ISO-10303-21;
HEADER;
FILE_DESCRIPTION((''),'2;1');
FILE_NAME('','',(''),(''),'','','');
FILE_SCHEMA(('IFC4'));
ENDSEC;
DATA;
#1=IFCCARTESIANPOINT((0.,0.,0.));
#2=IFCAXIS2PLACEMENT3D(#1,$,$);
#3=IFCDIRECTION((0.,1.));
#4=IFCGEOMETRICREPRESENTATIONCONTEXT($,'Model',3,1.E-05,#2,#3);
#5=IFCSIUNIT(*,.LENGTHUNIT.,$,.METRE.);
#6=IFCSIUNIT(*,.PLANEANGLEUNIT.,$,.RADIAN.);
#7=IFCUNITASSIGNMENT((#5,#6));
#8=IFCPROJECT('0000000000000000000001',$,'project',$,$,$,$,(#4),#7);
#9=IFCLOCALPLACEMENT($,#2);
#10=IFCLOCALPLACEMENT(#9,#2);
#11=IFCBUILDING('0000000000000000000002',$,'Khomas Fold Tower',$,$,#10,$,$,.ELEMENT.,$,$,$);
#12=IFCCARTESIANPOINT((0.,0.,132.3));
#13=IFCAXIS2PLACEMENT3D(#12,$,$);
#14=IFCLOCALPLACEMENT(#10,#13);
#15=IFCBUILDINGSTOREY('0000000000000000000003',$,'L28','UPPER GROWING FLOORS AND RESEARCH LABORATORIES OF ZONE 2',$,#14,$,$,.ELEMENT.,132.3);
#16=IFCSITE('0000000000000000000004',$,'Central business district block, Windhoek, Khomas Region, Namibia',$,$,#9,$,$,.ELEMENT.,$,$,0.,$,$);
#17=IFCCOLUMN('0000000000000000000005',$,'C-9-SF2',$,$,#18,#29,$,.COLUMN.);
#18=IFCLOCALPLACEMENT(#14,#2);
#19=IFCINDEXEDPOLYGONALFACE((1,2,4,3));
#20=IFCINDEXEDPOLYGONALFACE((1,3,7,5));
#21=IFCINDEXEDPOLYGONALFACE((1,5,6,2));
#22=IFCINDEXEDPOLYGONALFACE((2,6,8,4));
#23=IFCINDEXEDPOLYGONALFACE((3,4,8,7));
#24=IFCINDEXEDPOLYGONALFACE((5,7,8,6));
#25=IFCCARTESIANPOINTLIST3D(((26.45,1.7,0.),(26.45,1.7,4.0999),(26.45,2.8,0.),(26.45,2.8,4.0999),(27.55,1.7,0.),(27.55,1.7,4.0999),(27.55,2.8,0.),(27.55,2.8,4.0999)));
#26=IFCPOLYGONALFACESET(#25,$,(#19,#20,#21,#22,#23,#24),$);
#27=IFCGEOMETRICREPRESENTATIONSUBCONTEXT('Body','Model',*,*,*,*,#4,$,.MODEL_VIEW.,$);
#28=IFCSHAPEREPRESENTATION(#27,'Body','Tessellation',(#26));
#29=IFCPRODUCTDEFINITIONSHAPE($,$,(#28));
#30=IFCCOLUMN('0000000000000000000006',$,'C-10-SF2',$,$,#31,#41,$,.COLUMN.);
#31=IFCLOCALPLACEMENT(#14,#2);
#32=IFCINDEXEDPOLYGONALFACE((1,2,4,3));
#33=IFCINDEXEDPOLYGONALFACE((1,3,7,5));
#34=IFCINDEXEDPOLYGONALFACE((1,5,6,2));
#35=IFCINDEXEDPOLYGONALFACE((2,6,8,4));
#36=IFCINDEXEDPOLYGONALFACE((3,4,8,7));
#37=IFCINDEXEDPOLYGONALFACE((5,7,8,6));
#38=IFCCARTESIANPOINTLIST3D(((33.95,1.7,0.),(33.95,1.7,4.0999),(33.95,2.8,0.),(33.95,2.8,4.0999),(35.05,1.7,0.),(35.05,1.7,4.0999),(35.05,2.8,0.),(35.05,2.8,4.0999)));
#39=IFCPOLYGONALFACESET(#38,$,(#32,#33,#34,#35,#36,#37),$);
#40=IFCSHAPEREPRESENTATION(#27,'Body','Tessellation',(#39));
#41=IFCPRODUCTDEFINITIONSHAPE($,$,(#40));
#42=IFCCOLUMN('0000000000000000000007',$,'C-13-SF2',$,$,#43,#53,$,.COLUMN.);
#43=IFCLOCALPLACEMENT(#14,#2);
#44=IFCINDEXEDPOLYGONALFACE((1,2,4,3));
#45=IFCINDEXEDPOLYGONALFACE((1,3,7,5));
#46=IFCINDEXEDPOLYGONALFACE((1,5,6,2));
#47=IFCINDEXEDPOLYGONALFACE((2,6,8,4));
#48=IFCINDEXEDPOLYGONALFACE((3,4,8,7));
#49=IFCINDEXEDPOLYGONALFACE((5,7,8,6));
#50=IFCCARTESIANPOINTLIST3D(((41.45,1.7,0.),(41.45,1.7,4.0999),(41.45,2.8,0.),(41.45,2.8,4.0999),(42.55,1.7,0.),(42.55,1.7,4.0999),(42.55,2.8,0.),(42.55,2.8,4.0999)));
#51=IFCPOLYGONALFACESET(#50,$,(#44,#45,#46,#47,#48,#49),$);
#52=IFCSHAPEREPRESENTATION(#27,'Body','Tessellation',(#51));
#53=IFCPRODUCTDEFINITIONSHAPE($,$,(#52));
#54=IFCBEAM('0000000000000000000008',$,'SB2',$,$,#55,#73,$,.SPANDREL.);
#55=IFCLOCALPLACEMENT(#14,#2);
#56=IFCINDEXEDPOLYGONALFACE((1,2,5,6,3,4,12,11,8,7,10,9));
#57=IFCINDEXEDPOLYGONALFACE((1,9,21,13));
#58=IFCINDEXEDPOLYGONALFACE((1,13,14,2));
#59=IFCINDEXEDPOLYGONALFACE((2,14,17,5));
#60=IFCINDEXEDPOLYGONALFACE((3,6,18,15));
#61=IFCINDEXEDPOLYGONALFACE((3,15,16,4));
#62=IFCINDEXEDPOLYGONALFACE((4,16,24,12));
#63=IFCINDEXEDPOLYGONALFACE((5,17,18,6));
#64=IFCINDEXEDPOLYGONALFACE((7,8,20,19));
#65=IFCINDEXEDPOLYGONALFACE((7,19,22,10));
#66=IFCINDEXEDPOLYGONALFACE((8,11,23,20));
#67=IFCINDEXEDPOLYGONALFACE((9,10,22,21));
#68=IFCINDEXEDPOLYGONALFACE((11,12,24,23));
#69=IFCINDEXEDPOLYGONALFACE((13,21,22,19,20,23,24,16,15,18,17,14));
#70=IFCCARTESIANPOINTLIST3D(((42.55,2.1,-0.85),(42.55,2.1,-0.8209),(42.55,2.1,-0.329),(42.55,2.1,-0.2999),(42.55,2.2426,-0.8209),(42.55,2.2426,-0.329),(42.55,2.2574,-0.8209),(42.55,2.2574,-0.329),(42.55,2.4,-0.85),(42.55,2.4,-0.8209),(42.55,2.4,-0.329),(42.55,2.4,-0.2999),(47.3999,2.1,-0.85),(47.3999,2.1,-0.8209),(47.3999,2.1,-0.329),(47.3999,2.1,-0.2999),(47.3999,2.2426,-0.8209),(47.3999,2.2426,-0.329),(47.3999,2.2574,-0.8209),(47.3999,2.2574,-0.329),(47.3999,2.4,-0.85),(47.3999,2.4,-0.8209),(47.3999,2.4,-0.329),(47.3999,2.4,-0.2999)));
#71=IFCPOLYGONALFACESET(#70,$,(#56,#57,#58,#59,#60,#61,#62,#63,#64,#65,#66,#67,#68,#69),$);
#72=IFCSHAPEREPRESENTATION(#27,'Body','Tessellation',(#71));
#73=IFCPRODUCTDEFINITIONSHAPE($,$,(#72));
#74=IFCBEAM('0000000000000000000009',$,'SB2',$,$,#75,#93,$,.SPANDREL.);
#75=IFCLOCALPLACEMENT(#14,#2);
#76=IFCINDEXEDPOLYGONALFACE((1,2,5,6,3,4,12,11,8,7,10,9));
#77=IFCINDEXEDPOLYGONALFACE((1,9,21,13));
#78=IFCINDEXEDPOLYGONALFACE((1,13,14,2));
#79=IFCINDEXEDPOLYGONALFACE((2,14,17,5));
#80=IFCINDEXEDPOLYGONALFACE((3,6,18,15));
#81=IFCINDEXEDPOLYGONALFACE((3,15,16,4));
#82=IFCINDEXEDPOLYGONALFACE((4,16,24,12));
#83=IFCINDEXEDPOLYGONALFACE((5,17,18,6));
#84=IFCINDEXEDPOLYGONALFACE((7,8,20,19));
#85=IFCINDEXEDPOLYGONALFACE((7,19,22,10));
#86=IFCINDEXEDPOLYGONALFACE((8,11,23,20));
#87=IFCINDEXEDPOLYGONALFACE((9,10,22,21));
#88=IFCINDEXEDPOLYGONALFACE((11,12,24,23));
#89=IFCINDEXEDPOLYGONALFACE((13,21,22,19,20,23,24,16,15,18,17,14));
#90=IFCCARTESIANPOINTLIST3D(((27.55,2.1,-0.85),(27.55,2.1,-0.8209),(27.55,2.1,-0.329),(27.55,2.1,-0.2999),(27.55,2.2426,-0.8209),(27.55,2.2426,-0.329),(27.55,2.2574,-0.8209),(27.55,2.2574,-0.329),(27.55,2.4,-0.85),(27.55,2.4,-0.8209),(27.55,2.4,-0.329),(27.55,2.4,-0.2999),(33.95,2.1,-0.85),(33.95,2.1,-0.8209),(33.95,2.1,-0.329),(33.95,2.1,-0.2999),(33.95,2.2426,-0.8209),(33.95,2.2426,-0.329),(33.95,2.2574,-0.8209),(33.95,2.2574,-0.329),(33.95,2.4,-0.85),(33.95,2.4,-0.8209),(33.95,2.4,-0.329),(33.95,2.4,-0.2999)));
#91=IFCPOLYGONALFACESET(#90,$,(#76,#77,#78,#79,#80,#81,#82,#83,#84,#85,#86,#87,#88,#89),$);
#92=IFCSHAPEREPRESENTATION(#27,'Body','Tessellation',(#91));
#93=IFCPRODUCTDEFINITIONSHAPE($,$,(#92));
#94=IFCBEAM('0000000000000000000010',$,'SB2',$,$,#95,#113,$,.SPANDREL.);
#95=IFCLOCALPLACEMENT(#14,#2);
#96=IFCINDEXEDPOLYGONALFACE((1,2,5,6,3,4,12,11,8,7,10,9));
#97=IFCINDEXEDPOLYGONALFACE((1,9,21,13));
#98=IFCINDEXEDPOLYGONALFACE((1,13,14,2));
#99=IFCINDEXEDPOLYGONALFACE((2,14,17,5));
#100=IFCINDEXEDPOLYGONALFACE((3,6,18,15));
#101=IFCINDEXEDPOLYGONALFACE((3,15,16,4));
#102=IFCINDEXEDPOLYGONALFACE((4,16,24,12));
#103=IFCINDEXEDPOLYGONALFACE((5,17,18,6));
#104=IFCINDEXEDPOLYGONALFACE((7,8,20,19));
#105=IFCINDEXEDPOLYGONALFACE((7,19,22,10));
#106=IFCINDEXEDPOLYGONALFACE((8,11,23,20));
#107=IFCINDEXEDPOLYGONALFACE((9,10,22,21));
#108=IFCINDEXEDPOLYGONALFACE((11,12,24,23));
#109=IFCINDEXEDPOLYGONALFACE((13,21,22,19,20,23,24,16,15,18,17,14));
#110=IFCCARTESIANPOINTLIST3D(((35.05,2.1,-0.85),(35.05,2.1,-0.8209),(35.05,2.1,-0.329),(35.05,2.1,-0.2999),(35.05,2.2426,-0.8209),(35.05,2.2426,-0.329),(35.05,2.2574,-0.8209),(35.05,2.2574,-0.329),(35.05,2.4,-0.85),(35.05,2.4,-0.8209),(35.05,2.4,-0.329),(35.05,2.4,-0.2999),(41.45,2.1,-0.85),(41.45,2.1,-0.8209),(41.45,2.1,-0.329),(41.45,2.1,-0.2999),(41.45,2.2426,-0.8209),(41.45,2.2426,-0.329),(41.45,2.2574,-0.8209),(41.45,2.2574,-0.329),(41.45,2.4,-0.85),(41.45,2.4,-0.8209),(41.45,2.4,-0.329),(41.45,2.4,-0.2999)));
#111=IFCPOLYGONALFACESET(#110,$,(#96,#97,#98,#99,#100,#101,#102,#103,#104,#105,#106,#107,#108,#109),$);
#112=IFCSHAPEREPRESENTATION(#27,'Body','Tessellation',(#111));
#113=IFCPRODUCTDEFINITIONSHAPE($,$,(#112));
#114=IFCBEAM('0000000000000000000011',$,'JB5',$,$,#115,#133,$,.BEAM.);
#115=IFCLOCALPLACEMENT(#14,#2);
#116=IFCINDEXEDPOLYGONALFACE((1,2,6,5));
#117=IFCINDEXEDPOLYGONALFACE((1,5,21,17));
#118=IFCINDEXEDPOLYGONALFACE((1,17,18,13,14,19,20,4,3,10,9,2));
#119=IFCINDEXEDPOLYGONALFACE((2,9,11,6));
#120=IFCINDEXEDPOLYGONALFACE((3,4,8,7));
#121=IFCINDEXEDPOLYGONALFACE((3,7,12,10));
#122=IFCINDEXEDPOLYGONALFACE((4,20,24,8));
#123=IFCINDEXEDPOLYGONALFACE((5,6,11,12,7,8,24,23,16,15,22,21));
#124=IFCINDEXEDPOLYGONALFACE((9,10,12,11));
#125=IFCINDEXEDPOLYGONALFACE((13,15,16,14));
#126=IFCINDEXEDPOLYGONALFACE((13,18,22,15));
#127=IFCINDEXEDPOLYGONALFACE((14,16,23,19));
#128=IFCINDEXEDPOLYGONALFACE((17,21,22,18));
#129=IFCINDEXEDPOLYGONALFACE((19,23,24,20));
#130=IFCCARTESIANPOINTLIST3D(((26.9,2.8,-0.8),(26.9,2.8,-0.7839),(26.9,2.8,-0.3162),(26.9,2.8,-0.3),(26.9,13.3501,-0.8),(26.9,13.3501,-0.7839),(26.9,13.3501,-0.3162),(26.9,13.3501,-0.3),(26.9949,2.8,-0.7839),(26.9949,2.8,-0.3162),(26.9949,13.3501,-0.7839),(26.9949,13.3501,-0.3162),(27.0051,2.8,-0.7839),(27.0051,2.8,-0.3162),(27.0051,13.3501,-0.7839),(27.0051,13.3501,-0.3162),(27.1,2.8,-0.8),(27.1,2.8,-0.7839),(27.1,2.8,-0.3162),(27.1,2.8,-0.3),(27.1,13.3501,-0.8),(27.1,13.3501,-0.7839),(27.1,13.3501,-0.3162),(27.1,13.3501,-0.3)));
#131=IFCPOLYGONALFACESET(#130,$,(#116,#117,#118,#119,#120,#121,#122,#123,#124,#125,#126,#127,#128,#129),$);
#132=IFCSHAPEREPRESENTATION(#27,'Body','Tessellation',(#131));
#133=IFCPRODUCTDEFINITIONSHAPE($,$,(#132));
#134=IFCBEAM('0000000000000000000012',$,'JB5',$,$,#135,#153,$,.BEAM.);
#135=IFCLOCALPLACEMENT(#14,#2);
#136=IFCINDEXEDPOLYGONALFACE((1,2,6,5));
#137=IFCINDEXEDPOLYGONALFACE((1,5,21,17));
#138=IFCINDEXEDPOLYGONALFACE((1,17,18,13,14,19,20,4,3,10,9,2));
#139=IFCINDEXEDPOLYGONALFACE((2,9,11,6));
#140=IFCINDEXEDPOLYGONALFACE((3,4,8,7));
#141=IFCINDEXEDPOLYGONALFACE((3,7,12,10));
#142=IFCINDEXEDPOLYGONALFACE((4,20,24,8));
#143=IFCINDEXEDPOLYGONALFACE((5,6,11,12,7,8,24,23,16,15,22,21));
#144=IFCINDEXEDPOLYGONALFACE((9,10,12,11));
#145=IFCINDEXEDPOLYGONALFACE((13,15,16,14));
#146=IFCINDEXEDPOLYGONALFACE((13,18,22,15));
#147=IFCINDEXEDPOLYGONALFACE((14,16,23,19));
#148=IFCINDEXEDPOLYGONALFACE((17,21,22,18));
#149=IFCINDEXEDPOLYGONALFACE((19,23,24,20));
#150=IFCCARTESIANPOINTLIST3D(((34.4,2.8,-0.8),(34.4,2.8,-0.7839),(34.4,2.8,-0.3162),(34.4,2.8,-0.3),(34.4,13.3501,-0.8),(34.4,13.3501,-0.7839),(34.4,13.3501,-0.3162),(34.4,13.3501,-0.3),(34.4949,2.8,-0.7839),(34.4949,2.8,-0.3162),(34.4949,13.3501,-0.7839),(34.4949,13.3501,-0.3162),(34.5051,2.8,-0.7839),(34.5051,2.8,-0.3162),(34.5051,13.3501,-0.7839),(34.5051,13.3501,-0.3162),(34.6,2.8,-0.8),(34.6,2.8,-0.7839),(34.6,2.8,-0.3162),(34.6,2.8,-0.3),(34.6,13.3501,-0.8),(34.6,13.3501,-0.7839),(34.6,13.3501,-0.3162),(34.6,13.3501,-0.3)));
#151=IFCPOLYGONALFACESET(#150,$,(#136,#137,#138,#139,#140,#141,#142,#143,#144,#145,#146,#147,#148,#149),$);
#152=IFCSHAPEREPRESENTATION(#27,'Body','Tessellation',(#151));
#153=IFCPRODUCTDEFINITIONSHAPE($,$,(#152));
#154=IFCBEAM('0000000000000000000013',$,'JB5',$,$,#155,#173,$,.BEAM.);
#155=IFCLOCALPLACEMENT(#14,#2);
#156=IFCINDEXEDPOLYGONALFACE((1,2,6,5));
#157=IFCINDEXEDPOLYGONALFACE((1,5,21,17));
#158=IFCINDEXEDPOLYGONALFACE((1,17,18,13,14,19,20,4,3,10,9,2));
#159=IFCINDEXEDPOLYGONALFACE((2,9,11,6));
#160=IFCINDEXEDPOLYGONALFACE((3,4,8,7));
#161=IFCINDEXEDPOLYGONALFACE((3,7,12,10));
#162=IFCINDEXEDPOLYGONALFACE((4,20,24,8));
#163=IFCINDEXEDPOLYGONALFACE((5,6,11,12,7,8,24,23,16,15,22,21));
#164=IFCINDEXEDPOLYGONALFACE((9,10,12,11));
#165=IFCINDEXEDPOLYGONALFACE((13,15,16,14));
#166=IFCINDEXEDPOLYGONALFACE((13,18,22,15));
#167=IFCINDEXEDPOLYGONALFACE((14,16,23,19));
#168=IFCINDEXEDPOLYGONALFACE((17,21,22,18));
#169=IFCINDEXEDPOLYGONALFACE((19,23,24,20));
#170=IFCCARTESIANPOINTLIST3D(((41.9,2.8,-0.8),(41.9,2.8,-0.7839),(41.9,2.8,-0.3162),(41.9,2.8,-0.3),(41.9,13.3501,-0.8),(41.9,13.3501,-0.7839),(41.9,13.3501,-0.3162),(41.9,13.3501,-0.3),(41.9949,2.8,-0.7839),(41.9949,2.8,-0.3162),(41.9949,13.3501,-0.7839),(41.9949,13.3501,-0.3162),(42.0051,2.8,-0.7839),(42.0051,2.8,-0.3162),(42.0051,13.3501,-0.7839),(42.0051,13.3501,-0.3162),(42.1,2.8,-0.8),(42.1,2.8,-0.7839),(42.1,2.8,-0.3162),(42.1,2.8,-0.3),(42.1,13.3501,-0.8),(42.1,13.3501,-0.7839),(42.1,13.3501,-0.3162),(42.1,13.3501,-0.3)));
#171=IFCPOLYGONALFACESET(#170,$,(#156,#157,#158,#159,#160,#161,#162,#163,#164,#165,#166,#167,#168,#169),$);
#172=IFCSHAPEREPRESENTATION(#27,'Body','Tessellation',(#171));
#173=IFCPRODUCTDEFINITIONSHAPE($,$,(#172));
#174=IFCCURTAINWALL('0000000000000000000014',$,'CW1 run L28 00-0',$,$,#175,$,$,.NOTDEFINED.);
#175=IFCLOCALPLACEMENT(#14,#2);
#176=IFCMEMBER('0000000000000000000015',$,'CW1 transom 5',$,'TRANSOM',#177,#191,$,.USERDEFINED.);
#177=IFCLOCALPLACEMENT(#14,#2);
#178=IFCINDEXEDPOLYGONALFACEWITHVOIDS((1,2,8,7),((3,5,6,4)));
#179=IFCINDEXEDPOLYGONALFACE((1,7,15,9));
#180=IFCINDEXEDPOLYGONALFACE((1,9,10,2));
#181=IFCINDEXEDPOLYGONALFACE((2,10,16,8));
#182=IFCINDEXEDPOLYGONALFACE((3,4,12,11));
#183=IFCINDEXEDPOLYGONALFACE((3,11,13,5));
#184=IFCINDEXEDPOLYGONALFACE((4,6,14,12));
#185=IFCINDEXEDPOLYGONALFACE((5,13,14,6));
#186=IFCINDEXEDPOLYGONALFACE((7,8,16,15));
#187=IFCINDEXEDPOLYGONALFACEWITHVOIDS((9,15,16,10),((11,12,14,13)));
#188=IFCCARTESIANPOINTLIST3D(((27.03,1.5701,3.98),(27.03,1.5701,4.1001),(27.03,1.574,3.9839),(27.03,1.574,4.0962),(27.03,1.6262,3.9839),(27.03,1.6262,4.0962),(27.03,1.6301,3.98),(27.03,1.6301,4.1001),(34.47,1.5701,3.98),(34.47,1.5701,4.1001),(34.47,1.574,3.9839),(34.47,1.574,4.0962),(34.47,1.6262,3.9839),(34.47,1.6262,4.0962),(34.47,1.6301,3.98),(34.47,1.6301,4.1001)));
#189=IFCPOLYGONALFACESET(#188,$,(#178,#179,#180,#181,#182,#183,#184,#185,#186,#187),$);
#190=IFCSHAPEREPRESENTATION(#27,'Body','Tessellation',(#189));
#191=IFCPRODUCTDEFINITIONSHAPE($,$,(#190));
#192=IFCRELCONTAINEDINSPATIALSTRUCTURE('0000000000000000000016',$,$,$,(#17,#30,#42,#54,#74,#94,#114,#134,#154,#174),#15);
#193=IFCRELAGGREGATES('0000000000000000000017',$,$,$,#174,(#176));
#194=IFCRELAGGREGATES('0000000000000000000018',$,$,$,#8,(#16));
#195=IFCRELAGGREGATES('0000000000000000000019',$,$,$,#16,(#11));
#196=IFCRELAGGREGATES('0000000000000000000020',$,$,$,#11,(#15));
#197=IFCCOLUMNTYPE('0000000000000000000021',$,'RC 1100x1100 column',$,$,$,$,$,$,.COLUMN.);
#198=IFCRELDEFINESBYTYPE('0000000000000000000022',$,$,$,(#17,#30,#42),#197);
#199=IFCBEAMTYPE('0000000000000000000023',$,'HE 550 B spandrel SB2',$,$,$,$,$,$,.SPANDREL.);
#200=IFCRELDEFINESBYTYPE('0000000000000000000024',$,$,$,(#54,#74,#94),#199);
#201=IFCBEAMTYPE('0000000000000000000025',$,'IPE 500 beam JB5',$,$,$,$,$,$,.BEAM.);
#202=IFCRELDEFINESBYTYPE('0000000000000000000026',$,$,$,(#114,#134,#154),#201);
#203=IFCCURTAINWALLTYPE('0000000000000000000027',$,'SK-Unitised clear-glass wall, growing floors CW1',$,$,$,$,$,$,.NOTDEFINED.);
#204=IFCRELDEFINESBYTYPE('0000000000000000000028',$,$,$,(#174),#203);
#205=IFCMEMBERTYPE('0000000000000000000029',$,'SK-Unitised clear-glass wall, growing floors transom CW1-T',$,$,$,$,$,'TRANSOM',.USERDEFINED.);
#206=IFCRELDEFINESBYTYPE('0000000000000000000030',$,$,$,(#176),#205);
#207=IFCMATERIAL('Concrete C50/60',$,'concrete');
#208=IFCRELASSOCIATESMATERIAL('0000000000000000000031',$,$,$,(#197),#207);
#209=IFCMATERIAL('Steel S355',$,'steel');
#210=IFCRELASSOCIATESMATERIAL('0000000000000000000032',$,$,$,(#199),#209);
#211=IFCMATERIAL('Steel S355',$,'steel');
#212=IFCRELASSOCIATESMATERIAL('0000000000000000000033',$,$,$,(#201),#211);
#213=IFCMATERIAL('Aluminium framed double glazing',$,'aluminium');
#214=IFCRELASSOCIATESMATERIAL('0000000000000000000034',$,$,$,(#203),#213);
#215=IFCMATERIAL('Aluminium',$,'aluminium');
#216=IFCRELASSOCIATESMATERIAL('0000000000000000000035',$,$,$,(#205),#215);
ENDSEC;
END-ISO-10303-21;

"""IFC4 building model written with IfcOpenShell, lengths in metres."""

from ifc_helpers import new_model, si_unit, direction, frame, origin, origin_2d, place, context, subcontext, project, spatial, rectangle, hollow_rectangle, i_section, extrude, source, transform, mapped, material, material_profile, profile_set, type_object, element, aggregate, save


model = new_model("IFC4")

# Units and contexts
model_context = context("Model", 3, precision=1e-05, world=origin(), true_north=direction((0.0, 1.0)))
body_context = subcontext(model_context, "Body", "Model", "MODEL_VIEW")
ifc_project = project(units=[si_unit("LENGTHUNIT", "METRE"), si_unit("PLANEANGLEUNIT", "RADIAN")], contexts=[model_context])

# Site, building, storey
site_placement = place(None, origin())
site = spatial("IfcSite", under=ifc_project, at=site_placement, Name="Central business district block, Windhoek, Khomas Region, Namibia", CompositionType="ELEMENT", RefElevation=0.0)
building_placement = place(site_placement, origin())
building = spatial("IfcBuilding", under=site, at=building_placement, Name="Khomas Fold Tower", CompositionType="ELEMENT")
storey_placement = place(building_placement, frame((0.0, 0.0, 132.3)))
storey = spatial("IfcBuildingStorey", under=building, at=storey_placement, Name="L28", Description="UPPER GROWING FLOORS AND RESEARCH LABORATORIES OF ZONE 2", CompositionType="ELEMENT", Elevation=132.3)

# Columns
ifc_material_1 = material(Name="Concrete C50/60", Category="concrete")
ifc_material_profile_1 = material_profile(ifc_material_1, rectangle(XDim=1.1001, YDim=1.1001, at=origin_2d()), Name="RC 1100x1100")
ifc_profile_set_1 = profile_set([ifc_material_profile_1], Name="Concrete C50/60")
column_type = type_object("IfcColumnType", Name="RC 1100x1100 column", PredefinedType="COLUMN", material=ifc_profile_set_1)
shared_shape_1 = source(origin(), body_context, "Body", "SweptSolid", [
    extrude(rectangle(XDim=1.1001, YDim=1.1001, at=origin_2d()), origin(), (0.0, 0.0, 1.0), 4.0999),
])
for number, where, z_axis, x_axis, name in (
    (1, (27.0, 2.25, 0.0), (0.0, 0.0, 1.0), (1.0, 0.0, 0.0), "C-9-SF2"),
    (2, (34.5, 2.25, 0.0), (0.0, 0.0, 1.0), (1.0, 0.0, 0.0), "C-10-SF2"),
    (3, (42.0, 2.25, 0.0), (0.0, 0.0, 1.0), (1.0, 0.0, 0.0), "C-13-SF2"),
):
    element("IfcColumn", number, at=place(storey_placement, frame(where, z_axis=z_axis, x_axis=x_axis)), inside=storey, type_object=column_type, Name=name, PredefinedType="COLUMN", context=body_context, shape_type="MappedRepresentation", body=[
        mapped(shared_shape_1, transform((0.0, 0.0, 0.0))),
    ])

# Beams
ifc_material_2 = material(Name="Steel S355", Category="steel")
ifc_material_profile_2 = material_profile(ifc_material_2, i_section(OverallWidth=0.3, OverallDepth=0.55, WebThickness=0.0149, FlangeThickness=0.0291, at=origin_2d()), Name="HE 550 B")
ifc_profile_set_2 = profile_set([ifc_material_profile_2], Name="Steel S355")
beam_type_1 = type_object("IfcBeamType", Name="HE 550 B spandrel SB2", PredefinedType="SPANDREL", material=ifc_profile_set_2)
shared_shape_2 = source(origin(), body_context, "Body", "SweptSolid", [
    extrude(i_section(OverallWidth=0.3, OverallDepth=0.55, WebThickness=0.0149, FlangeThickness=0.0291, at=origin_2d()), origin(), (0.0, 0.0, 1.0), 4.8499),
])
beam_placement = place(storey_placement, frame((42.55, 2.25, -0.575), z_axis=(1.0, 0.0, 0.0), x_axis=(0.0, 1.0, 0.0)))
element("IfcBeam", 4, at=beam_placement, inside=storey, type_object=beam_type_1, Name="SB2", PredefinedType="SPANDREL", context=body_context, shape_type="MappedRepresentation", body=[
    mapped(shared_shape_2, transform((0.0, 0.0, 0.0))),
])
shared_shape_3 = source(origin(), body_context, "Body", "SweptSolid", [
    extrude(i_section(OverallWidth=0.3, OverallDepth=0.55, WebThickness=0.0149, FlangeThickness=0.0291, at=origin_2d()), origin(), (0.0, 0.0, 1.0), 6.3999),
])
for number, where, z_axis, x_axis, name in (
    (5, (27.55, 2.25, -0.575), (1.0, 0.0, 0.0), (0.0, 1.0, 0.0), "SB2"),
    (6, (35.05, 2.25, -0.575), (1.0, 0.0, 0.0), (0.0, 1.0, 0.0), "SB2"),
):
    element("IfcBeam", number, at=place(storey_placement, frame(where, z_axis=z_axis, x_axis=x_axis)), inside=storey, type_object=beam_type_1, Name=name, PredefinedType="SPANDREL", context=body_context, shape_type="MappedRepresentation", body=[
        mapped(shared_shape_3, transform((0.0, 0.0, 0.0))),
    ])
ifc_material_3 = material(Name="Steel S355", Category="steel")
ifc_material_profile_3 = material_profile(ifc_material_3, i_section(OverallWidth=0.2, OverallDepth=0.5, WebThickness=0.0103, FlangeThickness=0.0161, at=origin_2d()), Name="IPE 500")
ifc_profile_set_3 = profile_set([ifc_material_profile_3], Name="Steel S355")
beam_type_2 = type_object("IfcBeamType", Name="IPE 500 beam JB5", PredefinedType="BEAM", material=ifc_profile_set_3)
shared_shape_4 = source(origin(), body_context, "Body", "SweptSolid", [
    extrude(i_section(OverallWidth=0.2, OverallDepth=0.5, WebThickness=0.0103, FlangeThickness=0.0161, at=origin_2d()), origin(), (0.0, 0.0, 1.0), 10.55),
])
for number, where, z_axis, x_axis, name in (
    (7, (27.0, 2.8, -0.55), (0.0, 1.0, 0.0), (-1.0, 0.0, 0.0), "JB5"),
    (8, (34.5, 2.8, -0.55), (0.0, 1.0, 0.0), (-1.0, 0.0, 0.0), "JB5"),
    (9, (42.0, 2.8, -0.55), (0.0, 1.0, 0.0), (-1.0, 0.0, 0.0), "JB5"),
):
    element("IfcBeam", number, at=place(storey_placement, frame(where, z_axis=z_axis, x_axis=x_axis)), inside=storey, type_object=beam_type_2, Name=name, PredefinedType="BEAM", context=body_context, shape_type="MappedRepresentation", body=[
        mapped(shared_shape_4, transform((0.0, 0.0, 0.0))),
    ])

# Curtain wall, member
ifc_material_4 = material(Name="Aluminium framed double glazing", Category="aluminium")
curtain_wall_type = type_object("IfcCurtainWallType", Name="SK-Unitised clear-glass wall, growing floors CW1", PredefinedType="NOTDEFINED", material=ifc_material_4)
curtain_wall_placement = place(storey_placement, origin())
curtain_wall = element("IfcCurtainWall", 10, at=curtain_wall_placement, inside=storey, type_object=curtain_wall_type, Name="CW1 run L28 00-0", PredefinedType="NOTDEFINED")
ifc_material_5 = material(Name="Aluminium", Category="aluminium")
ifc_material_profile_4 = material_profile(ifc_material_5, hollow_rectangle(XDim=0.0601, YDim=0.1201, WallThickness=0.0039, at=origin_2d()), Name="SK-Unitised clear-glass wall, growing floors transom CW1-T")
ifc_profile_set_4 = profile_set([ifc_material_profile_4], Name="Aluminium")
member_type_1 = type_object("IfcMemberType", Name="SK-Unitised clear-glass wall, growing floors transom CW1-T", ElementType="TRANSOM", PredefinedType="USERDEFINED", material=ifc_profile_set_4)
shared_shape_5 = source(origin(), body_context, "Body", "SweptSolid", [
    extrude(hollow_rectangle(XDim=0.0601, YDim=0.1201, WallThickness=0.0039, at=origin_2d()), origin(), (0.0, 0.0, 1.0), 7.4399),
])
member_1_placement = place(storey_placement, frame((27.03, 1.6001, 4.04), z_axis=(1.0, 0.0, 0.0), x_axis=(0.0, 1.0, 0.0)))
member_1 = element("IfcMember", 11, at=member_1_placement, type_object=member_type_1, Name="CW1 transom 5", ObjectType="TRANSOM", PredefinedType="USERDEFINED", context=body_context, shape_type="MappedRepresentation", body=[
    mapped(shared_shape_5, transform((0.0, 0.0, 0.0))),
])
aggregate(curtain_wall, [member_1])

save(model, "model.ifc")
